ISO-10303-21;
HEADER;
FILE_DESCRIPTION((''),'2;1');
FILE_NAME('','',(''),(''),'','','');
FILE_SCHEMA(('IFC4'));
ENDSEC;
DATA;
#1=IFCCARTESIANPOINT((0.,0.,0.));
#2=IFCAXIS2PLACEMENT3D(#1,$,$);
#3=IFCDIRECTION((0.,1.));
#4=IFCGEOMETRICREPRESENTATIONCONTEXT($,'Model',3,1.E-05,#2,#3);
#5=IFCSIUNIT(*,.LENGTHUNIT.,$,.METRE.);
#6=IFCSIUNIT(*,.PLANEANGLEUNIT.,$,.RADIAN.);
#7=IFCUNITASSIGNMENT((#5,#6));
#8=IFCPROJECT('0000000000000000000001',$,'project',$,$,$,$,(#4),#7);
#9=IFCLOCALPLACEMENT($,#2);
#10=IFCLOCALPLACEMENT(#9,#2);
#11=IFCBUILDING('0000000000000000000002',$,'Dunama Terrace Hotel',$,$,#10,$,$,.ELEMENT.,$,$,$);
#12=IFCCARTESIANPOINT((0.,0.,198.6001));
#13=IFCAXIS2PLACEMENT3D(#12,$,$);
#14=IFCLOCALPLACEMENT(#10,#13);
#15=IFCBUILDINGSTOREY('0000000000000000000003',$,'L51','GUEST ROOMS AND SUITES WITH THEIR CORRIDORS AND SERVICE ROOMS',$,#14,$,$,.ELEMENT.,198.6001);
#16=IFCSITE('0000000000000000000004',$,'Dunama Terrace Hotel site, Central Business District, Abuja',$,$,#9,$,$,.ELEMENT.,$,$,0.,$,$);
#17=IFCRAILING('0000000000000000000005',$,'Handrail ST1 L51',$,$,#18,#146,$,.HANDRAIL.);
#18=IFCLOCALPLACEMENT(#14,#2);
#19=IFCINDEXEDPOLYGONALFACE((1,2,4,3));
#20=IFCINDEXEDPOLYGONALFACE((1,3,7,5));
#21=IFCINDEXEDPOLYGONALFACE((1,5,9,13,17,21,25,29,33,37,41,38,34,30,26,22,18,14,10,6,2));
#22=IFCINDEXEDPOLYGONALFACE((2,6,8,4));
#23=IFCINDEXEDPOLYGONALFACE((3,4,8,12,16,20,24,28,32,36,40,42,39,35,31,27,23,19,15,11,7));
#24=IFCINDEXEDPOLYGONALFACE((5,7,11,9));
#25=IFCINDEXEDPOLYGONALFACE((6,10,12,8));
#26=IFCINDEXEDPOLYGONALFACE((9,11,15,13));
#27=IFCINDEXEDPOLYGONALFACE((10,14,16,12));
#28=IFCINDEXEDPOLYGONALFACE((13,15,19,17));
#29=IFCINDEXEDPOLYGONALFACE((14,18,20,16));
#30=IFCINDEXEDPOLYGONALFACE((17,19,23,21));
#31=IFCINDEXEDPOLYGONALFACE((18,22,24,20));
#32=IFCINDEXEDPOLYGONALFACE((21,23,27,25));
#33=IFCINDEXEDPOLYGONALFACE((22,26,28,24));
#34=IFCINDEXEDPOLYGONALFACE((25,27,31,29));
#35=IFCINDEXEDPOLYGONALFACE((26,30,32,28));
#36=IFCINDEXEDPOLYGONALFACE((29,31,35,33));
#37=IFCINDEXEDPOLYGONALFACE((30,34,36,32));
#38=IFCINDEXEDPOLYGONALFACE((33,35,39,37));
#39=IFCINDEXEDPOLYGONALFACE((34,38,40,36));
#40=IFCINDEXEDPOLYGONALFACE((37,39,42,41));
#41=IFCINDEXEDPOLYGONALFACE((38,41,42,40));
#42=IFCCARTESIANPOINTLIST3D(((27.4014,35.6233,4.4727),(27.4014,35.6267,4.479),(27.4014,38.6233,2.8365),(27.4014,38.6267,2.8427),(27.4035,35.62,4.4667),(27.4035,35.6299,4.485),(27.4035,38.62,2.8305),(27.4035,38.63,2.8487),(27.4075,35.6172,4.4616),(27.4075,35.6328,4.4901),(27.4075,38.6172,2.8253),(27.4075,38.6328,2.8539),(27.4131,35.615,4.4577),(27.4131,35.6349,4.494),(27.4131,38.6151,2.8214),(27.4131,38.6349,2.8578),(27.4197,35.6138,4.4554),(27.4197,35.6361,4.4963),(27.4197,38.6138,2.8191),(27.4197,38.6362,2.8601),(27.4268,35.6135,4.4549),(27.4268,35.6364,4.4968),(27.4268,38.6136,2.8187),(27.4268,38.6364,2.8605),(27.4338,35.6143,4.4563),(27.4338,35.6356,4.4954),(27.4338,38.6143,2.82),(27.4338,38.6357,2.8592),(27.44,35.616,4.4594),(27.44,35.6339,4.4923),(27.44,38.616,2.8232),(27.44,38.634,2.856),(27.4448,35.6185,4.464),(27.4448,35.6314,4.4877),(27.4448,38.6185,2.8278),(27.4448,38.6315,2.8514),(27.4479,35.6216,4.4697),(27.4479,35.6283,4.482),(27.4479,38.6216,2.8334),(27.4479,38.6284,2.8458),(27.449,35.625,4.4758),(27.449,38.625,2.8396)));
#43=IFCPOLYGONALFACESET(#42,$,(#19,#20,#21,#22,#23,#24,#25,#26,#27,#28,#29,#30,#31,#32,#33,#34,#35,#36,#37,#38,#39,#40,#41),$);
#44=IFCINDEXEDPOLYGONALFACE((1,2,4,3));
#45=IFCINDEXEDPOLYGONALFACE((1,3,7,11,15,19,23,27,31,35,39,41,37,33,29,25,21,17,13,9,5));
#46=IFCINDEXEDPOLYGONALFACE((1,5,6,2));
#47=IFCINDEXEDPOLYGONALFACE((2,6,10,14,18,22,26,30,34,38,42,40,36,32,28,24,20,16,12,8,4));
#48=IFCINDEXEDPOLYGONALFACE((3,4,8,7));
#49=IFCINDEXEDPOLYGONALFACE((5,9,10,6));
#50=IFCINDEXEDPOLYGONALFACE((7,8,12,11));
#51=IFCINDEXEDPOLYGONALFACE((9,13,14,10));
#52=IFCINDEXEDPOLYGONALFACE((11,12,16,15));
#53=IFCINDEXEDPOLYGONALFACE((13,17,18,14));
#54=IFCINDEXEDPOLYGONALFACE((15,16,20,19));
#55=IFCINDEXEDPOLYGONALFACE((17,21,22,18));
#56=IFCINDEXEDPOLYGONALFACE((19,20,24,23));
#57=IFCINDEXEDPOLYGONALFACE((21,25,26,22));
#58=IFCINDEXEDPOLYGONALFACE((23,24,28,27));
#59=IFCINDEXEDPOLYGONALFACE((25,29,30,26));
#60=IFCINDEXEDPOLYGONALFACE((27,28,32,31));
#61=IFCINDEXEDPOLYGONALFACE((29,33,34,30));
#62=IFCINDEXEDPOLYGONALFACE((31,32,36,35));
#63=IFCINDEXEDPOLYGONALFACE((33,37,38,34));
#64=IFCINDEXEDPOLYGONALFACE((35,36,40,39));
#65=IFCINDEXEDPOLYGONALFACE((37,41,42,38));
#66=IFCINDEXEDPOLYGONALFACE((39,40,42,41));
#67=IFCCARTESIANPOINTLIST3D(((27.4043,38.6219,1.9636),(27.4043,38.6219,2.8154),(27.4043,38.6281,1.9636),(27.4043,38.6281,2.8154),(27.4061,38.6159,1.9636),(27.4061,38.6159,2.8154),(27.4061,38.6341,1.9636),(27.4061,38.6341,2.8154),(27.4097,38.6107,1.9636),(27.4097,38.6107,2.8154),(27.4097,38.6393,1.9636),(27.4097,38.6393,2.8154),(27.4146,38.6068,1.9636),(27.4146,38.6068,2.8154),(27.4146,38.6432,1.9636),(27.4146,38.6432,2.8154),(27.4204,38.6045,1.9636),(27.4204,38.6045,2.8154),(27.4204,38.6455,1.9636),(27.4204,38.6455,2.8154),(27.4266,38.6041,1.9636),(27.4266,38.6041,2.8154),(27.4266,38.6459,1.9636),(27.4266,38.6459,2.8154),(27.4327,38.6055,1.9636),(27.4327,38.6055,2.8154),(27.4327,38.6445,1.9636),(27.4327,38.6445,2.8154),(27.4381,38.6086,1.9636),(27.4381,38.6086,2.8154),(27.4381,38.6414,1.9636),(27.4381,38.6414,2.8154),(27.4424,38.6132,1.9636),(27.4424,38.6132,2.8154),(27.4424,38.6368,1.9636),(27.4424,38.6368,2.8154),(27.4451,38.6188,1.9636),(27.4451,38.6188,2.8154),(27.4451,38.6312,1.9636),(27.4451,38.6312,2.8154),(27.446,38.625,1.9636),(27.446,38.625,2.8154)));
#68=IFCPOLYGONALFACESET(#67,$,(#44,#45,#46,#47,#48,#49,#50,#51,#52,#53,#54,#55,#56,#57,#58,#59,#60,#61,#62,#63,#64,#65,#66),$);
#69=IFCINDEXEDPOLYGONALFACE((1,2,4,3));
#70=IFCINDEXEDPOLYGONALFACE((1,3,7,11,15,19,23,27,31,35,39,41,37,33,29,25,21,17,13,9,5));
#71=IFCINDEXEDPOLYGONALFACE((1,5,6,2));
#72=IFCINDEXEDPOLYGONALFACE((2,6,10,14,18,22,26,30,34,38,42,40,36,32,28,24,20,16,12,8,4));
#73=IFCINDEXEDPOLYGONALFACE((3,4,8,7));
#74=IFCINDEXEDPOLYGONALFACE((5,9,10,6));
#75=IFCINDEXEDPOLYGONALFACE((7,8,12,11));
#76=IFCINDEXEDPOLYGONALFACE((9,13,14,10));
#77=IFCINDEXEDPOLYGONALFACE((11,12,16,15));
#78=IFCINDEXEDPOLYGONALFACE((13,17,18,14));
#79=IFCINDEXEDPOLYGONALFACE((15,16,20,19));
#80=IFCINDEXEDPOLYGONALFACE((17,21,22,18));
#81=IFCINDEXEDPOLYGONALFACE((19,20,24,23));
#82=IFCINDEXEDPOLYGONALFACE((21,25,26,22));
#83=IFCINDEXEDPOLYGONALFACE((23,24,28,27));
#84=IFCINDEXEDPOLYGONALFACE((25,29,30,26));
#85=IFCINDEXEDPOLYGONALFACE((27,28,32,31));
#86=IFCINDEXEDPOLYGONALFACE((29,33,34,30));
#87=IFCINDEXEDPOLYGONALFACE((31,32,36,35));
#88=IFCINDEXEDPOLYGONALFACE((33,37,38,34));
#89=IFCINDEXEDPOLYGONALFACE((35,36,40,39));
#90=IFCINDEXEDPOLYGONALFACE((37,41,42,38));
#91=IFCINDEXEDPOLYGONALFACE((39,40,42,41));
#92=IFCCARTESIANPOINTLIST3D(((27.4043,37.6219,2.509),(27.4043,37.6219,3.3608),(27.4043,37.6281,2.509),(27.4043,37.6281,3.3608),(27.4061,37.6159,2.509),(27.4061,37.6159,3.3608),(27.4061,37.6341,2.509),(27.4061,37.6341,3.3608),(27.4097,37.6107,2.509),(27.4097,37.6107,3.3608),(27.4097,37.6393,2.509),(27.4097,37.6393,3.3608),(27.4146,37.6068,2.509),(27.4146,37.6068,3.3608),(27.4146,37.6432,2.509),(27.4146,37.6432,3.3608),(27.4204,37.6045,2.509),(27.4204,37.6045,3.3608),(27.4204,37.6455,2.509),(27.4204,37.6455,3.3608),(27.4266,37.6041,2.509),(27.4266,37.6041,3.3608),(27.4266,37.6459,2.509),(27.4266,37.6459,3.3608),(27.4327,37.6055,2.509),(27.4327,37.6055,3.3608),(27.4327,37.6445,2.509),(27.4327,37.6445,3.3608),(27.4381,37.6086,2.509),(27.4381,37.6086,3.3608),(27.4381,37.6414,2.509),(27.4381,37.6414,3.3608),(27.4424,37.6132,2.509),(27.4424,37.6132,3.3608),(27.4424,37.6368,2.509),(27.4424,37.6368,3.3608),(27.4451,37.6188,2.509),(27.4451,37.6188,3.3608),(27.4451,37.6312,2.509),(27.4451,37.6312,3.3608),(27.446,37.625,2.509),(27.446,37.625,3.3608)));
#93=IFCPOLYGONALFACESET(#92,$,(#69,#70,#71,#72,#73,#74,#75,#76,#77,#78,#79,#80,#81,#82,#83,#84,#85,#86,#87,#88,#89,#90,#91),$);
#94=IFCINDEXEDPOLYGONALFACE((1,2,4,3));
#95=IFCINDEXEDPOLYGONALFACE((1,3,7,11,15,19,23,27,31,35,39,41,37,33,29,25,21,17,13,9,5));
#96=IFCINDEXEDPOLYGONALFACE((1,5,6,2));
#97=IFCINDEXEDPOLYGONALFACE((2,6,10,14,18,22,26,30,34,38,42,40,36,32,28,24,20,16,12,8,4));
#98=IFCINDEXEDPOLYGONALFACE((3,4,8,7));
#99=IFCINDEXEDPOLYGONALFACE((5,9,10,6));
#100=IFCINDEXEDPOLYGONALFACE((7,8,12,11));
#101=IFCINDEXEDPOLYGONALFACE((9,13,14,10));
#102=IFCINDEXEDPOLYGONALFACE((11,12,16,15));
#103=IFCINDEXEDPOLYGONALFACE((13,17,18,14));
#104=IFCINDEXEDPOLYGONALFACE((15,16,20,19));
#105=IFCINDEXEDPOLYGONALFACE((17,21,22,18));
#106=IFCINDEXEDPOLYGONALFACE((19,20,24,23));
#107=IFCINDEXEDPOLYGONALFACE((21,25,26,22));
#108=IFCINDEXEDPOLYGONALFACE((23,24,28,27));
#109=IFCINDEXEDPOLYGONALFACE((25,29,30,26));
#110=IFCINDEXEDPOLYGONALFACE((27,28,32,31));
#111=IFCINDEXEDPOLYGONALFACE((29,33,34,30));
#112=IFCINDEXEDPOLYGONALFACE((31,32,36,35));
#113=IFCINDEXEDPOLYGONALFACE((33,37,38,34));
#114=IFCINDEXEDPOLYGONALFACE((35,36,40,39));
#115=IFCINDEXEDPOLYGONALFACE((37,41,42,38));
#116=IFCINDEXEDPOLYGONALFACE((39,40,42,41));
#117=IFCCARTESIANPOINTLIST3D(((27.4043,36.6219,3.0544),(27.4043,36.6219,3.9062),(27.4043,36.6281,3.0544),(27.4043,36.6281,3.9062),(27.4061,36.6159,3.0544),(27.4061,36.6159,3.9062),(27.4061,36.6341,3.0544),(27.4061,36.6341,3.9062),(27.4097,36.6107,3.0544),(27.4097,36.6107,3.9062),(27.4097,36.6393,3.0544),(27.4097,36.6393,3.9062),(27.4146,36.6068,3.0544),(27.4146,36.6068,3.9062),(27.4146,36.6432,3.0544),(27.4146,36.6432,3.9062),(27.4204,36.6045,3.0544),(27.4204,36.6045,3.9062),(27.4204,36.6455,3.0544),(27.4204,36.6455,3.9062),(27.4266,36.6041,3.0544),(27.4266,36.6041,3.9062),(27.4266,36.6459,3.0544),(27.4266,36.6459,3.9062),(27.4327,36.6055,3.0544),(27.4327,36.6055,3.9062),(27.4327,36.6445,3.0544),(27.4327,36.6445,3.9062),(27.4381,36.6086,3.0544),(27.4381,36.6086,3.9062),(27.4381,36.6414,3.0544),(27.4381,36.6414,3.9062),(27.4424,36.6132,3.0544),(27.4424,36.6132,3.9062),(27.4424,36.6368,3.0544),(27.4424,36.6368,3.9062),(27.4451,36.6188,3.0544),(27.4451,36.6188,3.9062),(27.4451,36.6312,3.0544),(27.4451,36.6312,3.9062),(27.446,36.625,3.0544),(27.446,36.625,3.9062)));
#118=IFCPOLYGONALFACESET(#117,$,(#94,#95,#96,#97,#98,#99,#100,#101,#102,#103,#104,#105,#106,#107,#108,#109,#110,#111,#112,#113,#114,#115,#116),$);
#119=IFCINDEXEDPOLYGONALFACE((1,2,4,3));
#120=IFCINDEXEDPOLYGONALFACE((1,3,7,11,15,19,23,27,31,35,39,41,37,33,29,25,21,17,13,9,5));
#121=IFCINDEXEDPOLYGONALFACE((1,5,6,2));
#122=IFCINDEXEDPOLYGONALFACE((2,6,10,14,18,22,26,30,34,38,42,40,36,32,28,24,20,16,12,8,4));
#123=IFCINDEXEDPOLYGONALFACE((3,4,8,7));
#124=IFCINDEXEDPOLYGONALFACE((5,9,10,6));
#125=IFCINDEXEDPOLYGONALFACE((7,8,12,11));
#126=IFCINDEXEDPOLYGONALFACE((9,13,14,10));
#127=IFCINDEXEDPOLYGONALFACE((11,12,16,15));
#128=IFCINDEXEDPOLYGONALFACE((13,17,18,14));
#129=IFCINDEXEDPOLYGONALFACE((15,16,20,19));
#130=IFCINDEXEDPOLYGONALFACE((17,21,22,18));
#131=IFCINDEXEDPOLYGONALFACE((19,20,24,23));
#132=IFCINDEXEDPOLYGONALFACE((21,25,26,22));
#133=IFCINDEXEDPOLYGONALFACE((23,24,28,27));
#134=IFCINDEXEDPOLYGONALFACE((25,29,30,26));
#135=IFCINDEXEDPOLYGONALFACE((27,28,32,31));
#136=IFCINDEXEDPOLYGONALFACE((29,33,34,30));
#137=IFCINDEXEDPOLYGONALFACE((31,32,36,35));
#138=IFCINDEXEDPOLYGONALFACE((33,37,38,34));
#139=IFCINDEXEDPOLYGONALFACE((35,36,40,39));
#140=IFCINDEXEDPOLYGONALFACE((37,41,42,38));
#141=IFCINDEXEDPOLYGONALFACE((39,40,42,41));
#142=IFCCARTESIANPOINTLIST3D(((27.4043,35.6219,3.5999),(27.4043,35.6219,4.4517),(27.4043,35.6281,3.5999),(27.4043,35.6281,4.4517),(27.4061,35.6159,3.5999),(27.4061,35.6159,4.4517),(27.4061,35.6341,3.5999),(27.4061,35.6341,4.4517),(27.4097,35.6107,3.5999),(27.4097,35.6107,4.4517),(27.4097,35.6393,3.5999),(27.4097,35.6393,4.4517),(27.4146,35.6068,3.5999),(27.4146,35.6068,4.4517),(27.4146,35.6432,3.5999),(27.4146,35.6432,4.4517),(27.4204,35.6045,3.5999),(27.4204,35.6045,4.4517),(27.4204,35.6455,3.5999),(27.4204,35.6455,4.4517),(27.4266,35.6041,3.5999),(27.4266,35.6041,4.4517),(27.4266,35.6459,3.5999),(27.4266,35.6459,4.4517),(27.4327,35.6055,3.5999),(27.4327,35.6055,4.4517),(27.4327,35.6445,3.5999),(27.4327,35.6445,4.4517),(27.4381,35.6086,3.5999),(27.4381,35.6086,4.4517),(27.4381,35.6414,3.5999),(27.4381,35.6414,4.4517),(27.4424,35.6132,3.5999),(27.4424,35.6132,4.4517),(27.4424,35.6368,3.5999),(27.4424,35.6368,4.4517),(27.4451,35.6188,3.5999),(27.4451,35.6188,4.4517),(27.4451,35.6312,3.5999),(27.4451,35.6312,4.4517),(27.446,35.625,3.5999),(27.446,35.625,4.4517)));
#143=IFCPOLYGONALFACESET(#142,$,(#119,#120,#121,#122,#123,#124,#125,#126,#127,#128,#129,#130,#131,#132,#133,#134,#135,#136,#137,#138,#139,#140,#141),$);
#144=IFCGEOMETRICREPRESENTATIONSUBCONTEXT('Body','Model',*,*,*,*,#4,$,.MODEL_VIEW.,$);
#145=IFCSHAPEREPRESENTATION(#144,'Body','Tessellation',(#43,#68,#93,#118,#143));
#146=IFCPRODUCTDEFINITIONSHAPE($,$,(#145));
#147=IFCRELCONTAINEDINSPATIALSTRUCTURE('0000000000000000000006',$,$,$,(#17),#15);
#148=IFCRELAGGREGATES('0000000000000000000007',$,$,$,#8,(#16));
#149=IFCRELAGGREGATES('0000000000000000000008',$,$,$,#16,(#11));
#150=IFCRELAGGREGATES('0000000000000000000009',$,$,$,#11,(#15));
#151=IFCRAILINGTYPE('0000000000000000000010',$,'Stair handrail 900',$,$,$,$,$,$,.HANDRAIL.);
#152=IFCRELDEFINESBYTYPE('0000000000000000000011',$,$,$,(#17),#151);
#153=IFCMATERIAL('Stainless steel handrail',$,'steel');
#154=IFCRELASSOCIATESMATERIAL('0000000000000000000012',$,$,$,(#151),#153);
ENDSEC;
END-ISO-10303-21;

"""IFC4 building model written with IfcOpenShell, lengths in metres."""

from ifc_helpers import new_model, si_unit, direction, frame, origin, origin_2d, place, context, subcontext, project, spatial, circle, extrude, material, type_object, element, save


model = new_model("IFC4")

# Units and contexts
model_context = context("Model", 3, precision=1e-05, world=origin(), true_north=direction((0.0, 1.0)))
body_context = subcontext(model_context, "Body", "Model", "MODEL_VIEW")
ifc_project = project(units=[si_unit("LENGTHUNIT", "METRE"), si_unit("PLANEANGLEUNIT", "RADIAN")], contexts=[model_context])

# Site, building, storey
site_placement = place(None, origin())
site = spatial("IfcSite", under=ifc_project, at=site_placement, Name="Dunama Terrace Hotel site, Central Business District, Abuja", CompositionType="ELEMENT", RefElevation=0.0)
building_placement = place(site_placement, origin())
building = spatial("IfcBuilding", under=site, at=building_placement, Name="Dunama Terrace Hotel", CompositionType="ELEMENT")
storey_placement = place(building_placement, frame((0.0, 0.0, 198.6001)))
storey = spatial("IfcBuildingStorey", under=building, at=storey_placement, Name="L51", Description="GUEST ROOMS AND SUITES WITH THEIR CORRIDORS AND SERVICE ROOMS", CompositionType="ELEMENT", Elevation=198.6001)

# Railing
ifc_material_1 = material(Name="Stainless steel handrail", Category="steel")
railing_type = type_object("IfcRailingType", Name="Stair handrail 900", PredefinedType="HANDRAIL", material=ifc_material_1)
railing_placement = place(storey_placement, frame((27.425, 38.625, 1.9636)))
element("IfcRailing", 1, at=railing_placement, inside=storey, type_object=railing_type, Name="Handrail ST1 L51", PredefinedType="HANDRAIL", context=body_context, shape_type="SweptSolid", body=[
    extrude(circle(Radius=0.0239, at=origin_2d()), frame((0.0, 0.0, 0.876), z_axis=(0.0, -0.877912, 0.478822), x_axis=(1.0, 0.0, 0.0)), (0.0, 0.0, 1.0), 3.4172),
    extrude(circle(Radius=0.021, at=origin_2d()), origin(), (0.0, 0.0, 1.0), 0.8518),
    extrude(circle(Radius=0.021, at=origin_2d()), frame((0.0, -1.0, 0.5454)), (0.0, 0.0, 1.0), 0.8518),
    extrude(circle(Radius=0.021, at=origin_2d()), frame((0.0, -2.0, 1.0908)), (0.0, 0.0, 1.0), 0.8518),
    extrude(circle(Radius=0.021, at=origin_2d()), frame((0.0, -3.0, 1.6362)), (0.0, 0.0, 1.0), 0.8518),
])

save(model, "model.ifc")
